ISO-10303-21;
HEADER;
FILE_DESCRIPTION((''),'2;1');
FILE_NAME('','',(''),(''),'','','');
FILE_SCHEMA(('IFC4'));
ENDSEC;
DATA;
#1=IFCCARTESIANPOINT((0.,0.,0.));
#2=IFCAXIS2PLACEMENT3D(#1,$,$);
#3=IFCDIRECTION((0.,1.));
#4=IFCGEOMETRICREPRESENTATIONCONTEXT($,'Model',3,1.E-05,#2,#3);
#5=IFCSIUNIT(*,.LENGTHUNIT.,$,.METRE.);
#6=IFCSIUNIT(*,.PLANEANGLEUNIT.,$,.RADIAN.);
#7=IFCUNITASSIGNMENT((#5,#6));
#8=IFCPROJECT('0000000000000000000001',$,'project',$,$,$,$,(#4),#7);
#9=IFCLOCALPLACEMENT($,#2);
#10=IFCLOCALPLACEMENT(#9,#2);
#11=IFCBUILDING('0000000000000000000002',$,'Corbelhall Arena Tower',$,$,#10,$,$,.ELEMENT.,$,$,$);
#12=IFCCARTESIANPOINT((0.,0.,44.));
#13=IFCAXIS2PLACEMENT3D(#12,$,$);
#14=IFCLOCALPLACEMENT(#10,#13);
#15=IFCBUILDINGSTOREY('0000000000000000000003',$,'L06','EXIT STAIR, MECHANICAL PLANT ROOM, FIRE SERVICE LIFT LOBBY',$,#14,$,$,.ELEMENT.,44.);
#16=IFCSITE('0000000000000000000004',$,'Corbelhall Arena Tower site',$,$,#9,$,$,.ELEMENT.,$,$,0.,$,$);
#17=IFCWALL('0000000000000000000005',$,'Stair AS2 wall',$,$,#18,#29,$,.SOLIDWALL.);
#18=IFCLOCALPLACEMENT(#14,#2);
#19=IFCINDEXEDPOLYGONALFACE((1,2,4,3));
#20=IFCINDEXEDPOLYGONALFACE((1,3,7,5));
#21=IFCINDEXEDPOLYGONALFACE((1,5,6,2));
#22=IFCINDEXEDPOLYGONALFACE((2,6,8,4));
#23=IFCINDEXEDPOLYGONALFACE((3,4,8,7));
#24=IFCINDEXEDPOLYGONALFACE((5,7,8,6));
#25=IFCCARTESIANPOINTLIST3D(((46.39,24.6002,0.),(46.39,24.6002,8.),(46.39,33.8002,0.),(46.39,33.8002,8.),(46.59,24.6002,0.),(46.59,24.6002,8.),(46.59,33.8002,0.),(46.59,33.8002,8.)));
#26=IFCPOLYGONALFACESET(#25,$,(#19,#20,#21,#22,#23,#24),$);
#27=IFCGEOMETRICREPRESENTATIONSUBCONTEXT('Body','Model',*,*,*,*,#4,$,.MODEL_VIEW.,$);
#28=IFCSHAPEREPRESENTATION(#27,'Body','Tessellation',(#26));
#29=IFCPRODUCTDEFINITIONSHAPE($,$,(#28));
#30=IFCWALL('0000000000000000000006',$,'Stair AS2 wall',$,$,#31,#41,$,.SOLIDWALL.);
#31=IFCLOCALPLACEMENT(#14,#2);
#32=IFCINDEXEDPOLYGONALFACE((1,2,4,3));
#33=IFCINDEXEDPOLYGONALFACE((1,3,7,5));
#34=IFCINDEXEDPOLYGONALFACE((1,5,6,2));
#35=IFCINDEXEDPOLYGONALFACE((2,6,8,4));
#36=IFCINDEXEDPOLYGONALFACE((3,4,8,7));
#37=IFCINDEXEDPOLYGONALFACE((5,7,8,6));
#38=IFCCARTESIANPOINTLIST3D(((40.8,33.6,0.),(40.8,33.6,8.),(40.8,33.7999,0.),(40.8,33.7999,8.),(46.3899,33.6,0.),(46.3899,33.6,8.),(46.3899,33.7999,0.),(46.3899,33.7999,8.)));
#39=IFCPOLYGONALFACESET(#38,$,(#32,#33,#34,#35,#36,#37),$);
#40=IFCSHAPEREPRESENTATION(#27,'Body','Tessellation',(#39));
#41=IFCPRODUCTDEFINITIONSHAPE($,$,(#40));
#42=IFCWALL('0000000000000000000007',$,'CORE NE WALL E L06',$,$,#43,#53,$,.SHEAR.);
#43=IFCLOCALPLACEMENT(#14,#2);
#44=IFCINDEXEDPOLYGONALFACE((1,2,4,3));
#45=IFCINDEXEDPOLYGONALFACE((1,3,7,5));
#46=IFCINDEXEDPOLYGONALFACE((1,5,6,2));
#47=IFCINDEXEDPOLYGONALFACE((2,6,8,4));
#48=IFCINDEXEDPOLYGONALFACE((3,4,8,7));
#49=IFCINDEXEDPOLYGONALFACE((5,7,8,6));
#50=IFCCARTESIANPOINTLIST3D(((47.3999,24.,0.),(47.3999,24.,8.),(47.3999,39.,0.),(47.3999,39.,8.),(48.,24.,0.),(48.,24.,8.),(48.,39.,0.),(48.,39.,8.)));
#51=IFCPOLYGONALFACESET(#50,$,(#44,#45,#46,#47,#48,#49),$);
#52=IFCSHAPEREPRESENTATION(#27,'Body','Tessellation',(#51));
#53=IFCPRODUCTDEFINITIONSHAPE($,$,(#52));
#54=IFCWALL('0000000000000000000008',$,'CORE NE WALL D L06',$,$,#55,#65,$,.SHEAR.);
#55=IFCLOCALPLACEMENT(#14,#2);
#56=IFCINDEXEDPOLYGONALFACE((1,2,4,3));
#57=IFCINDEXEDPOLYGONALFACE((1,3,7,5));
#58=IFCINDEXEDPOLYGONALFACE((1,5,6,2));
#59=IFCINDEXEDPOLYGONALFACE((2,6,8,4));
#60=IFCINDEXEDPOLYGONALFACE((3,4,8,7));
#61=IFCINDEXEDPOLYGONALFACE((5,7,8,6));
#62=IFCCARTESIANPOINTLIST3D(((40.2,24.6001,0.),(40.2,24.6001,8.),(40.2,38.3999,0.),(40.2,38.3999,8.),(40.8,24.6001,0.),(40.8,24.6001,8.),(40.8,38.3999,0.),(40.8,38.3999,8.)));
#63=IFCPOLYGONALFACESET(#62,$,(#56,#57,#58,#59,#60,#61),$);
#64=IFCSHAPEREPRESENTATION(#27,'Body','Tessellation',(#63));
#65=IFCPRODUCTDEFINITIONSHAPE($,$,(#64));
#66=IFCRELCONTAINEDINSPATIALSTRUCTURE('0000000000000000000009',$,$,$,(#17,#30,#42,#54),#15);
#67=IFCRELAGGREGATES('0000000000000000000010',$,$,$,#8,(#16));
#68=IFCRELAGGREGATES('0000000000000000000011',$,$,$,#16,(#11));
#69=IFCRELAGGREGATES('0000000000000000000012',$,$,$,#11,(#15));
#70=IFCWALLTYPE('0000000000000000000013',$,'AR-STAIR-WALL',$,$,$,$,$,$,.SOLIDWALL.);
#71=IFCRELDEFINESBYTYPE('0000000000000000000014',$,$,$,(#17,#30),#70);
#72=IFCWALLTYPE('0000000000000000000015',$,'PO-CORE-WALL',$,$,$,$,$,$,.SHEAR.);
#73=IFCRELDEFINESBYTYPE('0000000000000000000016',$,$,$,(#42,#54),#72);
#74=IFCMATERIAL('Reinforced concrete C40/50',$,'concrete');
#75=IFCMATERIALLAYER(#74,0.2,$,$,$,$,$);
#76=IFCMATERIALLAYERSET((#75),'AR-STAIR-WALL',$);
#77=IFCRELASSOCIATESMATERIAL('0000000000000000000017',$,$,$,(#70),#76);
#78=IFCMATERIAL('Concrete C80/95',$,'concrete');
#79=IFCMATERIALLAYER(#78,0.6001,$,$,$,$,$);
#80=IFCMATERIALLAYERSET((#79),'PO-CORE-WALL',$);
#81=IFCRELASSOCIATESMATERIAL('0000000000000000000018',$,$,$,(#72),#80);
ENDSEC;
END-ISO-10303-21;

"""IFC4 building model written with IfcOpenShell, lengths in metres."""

from ifc_helpers import new_model, si_unit, direction, frame, frame_2d, origin, place, context, subcontext, project, spatial, rectangle, extrude, material, layer, layer_set, type_object, element, save


model = new_model("IFC4")

# Units and contexts
model_context = context("Model", 3, precision=1e-05, world=origin(), true_north=direction((0.0, 1.0)))
body_context = subcontext(model_context, "Body", "Model", "MODEL_VIEW")
ifc_project = project(units=[si_unit("LENGTHUNIT", "METRE"), si_unit("PLANEANGLEUNIT", "RADIAN")], contexts=[model_context])

# Site, building, storey
site_placement = place(None, origin())
site = spatial("IfcSite", under=ifc_project, at=site_placement, Name="Corbelhall Arena Tower site", CompositionType="ELEMENT", RefElevation=0.0)
building_placement = place(site_placement, origin())
building = spatial("IfcBuilding", under=site, at=building_placement, Name="Corbelhall Arena Tower", CompositionType="ELEMENT")
storey_placement = place(building_placement, frame((0.0, 0.0, 44.0)))
storey = spatial("IfcBuildingStorey", under=building, at=storey_placement, Name="L06", Description="EXIT STAIR, MECHANICAL PLANT ROOM, FIRE SERVICE LIFT LOBBY", CompositionType="ELEMENT", Elevation=44.0)

# Shared definitions
ifc_material_1 = material(Name="Reinforced concrete C40/50", Category="concrete")

# Walls
ifc_layer_1 = layer(ifc_material_1, 0.2)
ifc_layer_set_1 = layer_set([ifc_layer_1], Name="AR-STAIR-WALL")
wall_type_1 = type_object("IfcWallType", Name="AR-STAIR-WALL", PredefinedType="SOLIDWALL", material=ifc_layer_set_1)
wall_1_placement = place(storey_placement, frame((46.49, 24.6001, 0.0), z_axis=(0.0, 0.0, 1.0), x_axis=(0.0, 1.0, 0.0)))
element("IfcWall", 1, at=wall_1_placement, inside=storey, type_object=wall_type_1, Name="Stair AS2 wall", PredefinedType="SOLIDWALL", context=body_context, shape_type="SweptSolid", body=[
    extrude(rectangle(XDim=9.2, YDim=0.2, at=frame_2d((4.6001, 0.0))), origin(), (0.0, 0.0, 1.0), 8.0),
])
wall_2_placement = place(storey_placement, frame((40.8, 33.7, 0.0), z_axis=(0.0, 0.0, 1.0), x_axis=(1.0, 0.0, 0.0)))
element("IfcWall", 2, at=wall_2_placement, inside=storey, type_object=wall_type_1, Name="Stair AS2 wall", PredefinedType="SOLIDWALL", context=body_context, shape_type="SweptSolid", body=[
    extrude(rectangle(XDim=5.5898, YDim=0.2, at=frame_2d((2.7949, 0.0))), origin(), (0.0, 0.0, 1.0), 8.0),
])
ifc_material_2 = material(Name="Concrete C80/95", Category="concrete")
ifc_layer_2 = layer(ifc_material_2, 0.6001)
ifc_layer_set_2 = layer_set([ifc_layer_2], Name="PO-CORE-WALL")
wall_type_2 = type_object("IfcWallType", Name="PO-CORE-WALL", PredefinedType="SHEAR", material=ifc_layer_set_2)
wall_3_placement = place(storey_placement, frame((47.7, 24.0, 0.0), z_axis=(0.0, 0.0, 1.0), x_axis=(0.0, 1.0, 0.0)))
element("IfcWall", 3, at=wall_3_placement, inside=storey, type_object=wall_type_2, Name="CORE NE WALL E L06", PredefinedType="SHEAR", context=body_context, shape_type="SweptSolid", body=[
    extrude(rectangle(XDim=15.0, YDim=0.6001, at=frame_2d((7.5, 0.0))), origin(), (0.0, 0.0, 1.0), 8.0),
])
wall_4_placement = place(storey_placement, frame((40.5, 24.6001, 0.0), z_axis=(0.0, 0.0, 1.0), x_axis=(0.0, 1.0, 0.0)))
element("IfcWall", 4, at=wall_4_placement, inside=storey, type_object=wall_type_2, Name="CORE NE WALL D L06", PredefinedType="SHEAR", context=body_context, shape_type="SweptSolid", body=[
    extrude(rectangle(XDim=13.7998, YDim=0.6001, at=frame_2d((6.8999, 0.0))), origin(), (0.0, 0.0, 1.0), 8.0),
])

save(model, "model.ifc")
